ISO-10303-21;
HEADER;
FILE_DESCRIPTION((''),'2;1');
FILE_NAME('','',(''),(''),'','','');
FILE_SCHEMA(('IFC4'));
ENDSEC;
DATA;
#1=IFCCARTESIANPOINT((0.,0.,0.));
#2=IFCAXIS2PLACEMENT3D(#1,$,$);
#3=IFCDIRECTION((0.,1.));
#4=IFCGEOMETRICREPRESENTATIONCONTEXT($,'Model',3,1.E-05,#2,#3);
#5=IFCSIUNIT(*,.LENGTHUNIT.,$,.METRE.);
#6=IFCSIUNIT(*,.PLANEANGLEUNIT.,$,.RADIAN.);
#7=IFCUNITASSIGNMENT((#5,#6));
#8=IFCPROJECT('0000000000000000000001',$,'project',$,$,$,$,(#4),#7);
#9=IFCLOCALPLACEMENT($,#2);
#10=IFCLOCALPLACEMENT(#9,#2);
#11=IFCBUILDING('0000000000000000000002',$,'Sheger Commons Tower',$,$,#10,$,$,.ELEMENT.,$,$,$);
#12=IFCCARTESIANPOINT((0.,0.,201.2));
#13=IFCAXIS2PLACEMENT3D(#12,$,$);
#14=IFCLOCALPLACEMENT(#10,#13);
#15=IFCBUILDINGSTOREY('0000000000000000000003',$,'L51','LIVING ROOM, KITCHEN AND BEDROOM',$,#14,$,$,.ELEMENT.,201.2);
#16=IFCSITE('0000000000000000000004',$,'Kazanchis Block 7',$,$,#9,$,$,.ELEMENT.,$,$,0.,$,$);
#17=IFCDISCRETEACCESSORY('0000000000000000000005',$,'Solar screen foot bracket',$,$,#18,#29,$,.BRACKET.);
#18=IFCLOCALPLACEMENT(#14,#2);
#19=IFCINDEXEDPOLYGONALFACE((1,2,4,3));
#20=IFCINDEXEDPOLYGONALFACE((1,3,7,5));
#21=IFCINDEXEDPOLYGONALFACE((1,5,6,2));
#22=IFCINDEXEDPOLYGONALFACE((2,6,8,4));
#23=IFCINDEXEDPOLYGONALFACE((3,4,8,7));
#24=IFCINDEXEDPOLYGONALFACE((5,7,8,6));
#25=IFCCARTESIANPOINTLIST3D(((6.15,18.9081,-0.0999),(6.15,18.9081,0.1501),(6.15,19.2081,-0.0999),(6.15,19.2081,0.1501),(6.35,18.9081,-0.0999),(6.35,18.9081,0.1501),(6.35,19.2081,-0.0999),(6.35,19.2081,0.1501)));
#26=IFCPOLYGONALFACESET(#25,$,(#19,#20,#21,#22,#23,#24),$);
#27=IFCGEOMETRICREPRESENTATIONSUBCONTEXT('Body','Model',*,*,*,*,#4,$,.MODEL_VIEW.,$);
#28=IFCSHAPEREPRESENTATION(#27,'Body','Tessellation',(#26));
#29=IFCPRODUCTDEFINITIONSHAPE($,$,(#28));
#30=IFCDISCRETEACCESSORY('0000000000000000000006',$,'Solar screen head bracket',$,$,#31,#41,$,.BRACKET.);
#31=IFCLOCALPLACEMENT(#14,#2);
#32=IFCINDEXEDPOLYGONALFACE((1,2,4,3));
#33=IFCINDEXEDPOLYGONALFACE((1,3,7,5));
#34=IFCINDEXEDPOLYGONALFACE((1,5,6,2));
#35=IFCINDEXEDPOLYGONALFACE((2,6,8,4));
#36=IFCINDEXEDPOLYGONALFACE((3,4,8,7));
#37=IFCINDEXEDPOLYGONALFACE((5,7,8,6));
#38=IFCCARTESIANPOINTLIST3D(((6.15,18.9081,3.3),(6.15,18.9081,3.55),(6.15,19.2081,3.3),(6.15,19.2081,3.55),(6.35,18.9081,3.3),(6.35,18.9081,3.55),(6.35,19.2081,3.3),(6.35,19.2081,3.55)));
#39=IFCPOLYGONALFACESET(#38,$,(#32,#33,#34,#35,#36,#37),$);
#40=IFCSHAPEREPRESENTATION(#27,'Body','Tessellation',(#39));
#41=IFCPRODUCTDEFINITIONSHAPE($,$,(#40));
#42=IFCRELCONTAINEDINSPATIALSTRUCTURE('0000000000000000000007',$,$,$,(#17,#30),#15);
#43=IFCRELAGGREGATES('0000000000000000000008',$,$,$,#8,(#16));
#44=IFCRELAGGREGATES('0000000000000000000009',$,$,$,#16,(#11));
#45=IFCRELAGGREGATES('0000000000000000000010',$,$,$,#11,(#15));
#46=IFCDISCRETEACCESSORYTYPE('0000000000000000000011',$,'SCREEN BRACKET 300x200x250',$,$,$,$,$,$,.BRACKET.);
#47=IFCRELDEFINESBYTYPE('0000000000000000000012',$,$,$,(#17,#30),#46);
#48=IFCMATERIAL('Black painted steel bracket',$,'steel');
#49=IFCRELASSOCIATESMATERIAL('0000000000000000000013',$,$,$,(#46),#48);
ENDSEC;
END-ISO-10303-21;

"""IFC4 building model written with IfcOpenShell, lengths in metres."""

from ifc_helpers import new_model, si_unit, direction, frame, origin, origin_2d, place, context, subcontext, project, spatial, rectangle, extrude, material, type_object, element, save


model = new_model("IFC4")

# Units and contexts
model_context = context("Model", 3, precision=1e-05, world=origin(), true_north=direction((0.0, 1.0)))
body_context = subcontext(model_context, "Body", "Model", "MODEL_VIEW")
ifc_project = project(units=[si_unit("LENGTHUNIT", "METRE"), si_unit("PLANEANGLEUNIT", "RADIAN")], contexts=[model_context])

# Site, building, storey
site_placement = place(None, origin())
site = spatial("IfcSite", under=ifc_project, at=site_placement, Name="Kazanchis Block 7", CompositionType="ELEMENT", RefElevation=0.0)
building_placement = place(site_placement, origin())
building = spatial("IfcBuilding", under=site, at=building_placement, Name="Sheger Commons Tower", CompositionType="ELEMENT")
storey_placement = place(building_placement, frame((0.0, 0.0, 201.2)))
storey = spatial("IfcBuildingStorey", under=building, at=storey_placement, Name="L51", Description="LIVING ROOM, KITCHEN AND BEDROOM", CompositionType="ELEMENT", Elevation=201.2)

# Discrete accessories
ifc_material_1 = material(Name="Black painted steel bracket", Category="steel")
discrete_accessory_type = type_object("IfcDiscreteAccessoryType", Name="SCREEN BRACKET 300x200x250", PredefinedType="BRACKET", material=ifc_material_1)
for number, where, z_axis, x_axis, name in (
    (1, (6.25, 19.0581, -0.0999), (0.0, 0.0, 1.0), (0.0, -1.0, 0.0), "Solar screen foot bracket"),
    (2, (6.25, 19.0581, 3.3), (0.0, 0.0, 1.0), (0.0, -1.0, 0.0), "Solar screen head bracket"),
):
    element("IfcDiscreteAccessory", number, at=place(storey_placement, frame(where, z_axis=z_axis, x_axis=x_axis)), inside=storey, type_object=discrete_accessory_type, Name=name, PredefinedType="BRACKET", context=body_context, shape_type="SweptSolid", body=[
        extrude(rectangle(XDim=0.3, YDim=0.2, at=origin_2d()), origin(), (0.0, 0.0, 1.0), 0.25),
    ])

save(model, "model.ifc")
